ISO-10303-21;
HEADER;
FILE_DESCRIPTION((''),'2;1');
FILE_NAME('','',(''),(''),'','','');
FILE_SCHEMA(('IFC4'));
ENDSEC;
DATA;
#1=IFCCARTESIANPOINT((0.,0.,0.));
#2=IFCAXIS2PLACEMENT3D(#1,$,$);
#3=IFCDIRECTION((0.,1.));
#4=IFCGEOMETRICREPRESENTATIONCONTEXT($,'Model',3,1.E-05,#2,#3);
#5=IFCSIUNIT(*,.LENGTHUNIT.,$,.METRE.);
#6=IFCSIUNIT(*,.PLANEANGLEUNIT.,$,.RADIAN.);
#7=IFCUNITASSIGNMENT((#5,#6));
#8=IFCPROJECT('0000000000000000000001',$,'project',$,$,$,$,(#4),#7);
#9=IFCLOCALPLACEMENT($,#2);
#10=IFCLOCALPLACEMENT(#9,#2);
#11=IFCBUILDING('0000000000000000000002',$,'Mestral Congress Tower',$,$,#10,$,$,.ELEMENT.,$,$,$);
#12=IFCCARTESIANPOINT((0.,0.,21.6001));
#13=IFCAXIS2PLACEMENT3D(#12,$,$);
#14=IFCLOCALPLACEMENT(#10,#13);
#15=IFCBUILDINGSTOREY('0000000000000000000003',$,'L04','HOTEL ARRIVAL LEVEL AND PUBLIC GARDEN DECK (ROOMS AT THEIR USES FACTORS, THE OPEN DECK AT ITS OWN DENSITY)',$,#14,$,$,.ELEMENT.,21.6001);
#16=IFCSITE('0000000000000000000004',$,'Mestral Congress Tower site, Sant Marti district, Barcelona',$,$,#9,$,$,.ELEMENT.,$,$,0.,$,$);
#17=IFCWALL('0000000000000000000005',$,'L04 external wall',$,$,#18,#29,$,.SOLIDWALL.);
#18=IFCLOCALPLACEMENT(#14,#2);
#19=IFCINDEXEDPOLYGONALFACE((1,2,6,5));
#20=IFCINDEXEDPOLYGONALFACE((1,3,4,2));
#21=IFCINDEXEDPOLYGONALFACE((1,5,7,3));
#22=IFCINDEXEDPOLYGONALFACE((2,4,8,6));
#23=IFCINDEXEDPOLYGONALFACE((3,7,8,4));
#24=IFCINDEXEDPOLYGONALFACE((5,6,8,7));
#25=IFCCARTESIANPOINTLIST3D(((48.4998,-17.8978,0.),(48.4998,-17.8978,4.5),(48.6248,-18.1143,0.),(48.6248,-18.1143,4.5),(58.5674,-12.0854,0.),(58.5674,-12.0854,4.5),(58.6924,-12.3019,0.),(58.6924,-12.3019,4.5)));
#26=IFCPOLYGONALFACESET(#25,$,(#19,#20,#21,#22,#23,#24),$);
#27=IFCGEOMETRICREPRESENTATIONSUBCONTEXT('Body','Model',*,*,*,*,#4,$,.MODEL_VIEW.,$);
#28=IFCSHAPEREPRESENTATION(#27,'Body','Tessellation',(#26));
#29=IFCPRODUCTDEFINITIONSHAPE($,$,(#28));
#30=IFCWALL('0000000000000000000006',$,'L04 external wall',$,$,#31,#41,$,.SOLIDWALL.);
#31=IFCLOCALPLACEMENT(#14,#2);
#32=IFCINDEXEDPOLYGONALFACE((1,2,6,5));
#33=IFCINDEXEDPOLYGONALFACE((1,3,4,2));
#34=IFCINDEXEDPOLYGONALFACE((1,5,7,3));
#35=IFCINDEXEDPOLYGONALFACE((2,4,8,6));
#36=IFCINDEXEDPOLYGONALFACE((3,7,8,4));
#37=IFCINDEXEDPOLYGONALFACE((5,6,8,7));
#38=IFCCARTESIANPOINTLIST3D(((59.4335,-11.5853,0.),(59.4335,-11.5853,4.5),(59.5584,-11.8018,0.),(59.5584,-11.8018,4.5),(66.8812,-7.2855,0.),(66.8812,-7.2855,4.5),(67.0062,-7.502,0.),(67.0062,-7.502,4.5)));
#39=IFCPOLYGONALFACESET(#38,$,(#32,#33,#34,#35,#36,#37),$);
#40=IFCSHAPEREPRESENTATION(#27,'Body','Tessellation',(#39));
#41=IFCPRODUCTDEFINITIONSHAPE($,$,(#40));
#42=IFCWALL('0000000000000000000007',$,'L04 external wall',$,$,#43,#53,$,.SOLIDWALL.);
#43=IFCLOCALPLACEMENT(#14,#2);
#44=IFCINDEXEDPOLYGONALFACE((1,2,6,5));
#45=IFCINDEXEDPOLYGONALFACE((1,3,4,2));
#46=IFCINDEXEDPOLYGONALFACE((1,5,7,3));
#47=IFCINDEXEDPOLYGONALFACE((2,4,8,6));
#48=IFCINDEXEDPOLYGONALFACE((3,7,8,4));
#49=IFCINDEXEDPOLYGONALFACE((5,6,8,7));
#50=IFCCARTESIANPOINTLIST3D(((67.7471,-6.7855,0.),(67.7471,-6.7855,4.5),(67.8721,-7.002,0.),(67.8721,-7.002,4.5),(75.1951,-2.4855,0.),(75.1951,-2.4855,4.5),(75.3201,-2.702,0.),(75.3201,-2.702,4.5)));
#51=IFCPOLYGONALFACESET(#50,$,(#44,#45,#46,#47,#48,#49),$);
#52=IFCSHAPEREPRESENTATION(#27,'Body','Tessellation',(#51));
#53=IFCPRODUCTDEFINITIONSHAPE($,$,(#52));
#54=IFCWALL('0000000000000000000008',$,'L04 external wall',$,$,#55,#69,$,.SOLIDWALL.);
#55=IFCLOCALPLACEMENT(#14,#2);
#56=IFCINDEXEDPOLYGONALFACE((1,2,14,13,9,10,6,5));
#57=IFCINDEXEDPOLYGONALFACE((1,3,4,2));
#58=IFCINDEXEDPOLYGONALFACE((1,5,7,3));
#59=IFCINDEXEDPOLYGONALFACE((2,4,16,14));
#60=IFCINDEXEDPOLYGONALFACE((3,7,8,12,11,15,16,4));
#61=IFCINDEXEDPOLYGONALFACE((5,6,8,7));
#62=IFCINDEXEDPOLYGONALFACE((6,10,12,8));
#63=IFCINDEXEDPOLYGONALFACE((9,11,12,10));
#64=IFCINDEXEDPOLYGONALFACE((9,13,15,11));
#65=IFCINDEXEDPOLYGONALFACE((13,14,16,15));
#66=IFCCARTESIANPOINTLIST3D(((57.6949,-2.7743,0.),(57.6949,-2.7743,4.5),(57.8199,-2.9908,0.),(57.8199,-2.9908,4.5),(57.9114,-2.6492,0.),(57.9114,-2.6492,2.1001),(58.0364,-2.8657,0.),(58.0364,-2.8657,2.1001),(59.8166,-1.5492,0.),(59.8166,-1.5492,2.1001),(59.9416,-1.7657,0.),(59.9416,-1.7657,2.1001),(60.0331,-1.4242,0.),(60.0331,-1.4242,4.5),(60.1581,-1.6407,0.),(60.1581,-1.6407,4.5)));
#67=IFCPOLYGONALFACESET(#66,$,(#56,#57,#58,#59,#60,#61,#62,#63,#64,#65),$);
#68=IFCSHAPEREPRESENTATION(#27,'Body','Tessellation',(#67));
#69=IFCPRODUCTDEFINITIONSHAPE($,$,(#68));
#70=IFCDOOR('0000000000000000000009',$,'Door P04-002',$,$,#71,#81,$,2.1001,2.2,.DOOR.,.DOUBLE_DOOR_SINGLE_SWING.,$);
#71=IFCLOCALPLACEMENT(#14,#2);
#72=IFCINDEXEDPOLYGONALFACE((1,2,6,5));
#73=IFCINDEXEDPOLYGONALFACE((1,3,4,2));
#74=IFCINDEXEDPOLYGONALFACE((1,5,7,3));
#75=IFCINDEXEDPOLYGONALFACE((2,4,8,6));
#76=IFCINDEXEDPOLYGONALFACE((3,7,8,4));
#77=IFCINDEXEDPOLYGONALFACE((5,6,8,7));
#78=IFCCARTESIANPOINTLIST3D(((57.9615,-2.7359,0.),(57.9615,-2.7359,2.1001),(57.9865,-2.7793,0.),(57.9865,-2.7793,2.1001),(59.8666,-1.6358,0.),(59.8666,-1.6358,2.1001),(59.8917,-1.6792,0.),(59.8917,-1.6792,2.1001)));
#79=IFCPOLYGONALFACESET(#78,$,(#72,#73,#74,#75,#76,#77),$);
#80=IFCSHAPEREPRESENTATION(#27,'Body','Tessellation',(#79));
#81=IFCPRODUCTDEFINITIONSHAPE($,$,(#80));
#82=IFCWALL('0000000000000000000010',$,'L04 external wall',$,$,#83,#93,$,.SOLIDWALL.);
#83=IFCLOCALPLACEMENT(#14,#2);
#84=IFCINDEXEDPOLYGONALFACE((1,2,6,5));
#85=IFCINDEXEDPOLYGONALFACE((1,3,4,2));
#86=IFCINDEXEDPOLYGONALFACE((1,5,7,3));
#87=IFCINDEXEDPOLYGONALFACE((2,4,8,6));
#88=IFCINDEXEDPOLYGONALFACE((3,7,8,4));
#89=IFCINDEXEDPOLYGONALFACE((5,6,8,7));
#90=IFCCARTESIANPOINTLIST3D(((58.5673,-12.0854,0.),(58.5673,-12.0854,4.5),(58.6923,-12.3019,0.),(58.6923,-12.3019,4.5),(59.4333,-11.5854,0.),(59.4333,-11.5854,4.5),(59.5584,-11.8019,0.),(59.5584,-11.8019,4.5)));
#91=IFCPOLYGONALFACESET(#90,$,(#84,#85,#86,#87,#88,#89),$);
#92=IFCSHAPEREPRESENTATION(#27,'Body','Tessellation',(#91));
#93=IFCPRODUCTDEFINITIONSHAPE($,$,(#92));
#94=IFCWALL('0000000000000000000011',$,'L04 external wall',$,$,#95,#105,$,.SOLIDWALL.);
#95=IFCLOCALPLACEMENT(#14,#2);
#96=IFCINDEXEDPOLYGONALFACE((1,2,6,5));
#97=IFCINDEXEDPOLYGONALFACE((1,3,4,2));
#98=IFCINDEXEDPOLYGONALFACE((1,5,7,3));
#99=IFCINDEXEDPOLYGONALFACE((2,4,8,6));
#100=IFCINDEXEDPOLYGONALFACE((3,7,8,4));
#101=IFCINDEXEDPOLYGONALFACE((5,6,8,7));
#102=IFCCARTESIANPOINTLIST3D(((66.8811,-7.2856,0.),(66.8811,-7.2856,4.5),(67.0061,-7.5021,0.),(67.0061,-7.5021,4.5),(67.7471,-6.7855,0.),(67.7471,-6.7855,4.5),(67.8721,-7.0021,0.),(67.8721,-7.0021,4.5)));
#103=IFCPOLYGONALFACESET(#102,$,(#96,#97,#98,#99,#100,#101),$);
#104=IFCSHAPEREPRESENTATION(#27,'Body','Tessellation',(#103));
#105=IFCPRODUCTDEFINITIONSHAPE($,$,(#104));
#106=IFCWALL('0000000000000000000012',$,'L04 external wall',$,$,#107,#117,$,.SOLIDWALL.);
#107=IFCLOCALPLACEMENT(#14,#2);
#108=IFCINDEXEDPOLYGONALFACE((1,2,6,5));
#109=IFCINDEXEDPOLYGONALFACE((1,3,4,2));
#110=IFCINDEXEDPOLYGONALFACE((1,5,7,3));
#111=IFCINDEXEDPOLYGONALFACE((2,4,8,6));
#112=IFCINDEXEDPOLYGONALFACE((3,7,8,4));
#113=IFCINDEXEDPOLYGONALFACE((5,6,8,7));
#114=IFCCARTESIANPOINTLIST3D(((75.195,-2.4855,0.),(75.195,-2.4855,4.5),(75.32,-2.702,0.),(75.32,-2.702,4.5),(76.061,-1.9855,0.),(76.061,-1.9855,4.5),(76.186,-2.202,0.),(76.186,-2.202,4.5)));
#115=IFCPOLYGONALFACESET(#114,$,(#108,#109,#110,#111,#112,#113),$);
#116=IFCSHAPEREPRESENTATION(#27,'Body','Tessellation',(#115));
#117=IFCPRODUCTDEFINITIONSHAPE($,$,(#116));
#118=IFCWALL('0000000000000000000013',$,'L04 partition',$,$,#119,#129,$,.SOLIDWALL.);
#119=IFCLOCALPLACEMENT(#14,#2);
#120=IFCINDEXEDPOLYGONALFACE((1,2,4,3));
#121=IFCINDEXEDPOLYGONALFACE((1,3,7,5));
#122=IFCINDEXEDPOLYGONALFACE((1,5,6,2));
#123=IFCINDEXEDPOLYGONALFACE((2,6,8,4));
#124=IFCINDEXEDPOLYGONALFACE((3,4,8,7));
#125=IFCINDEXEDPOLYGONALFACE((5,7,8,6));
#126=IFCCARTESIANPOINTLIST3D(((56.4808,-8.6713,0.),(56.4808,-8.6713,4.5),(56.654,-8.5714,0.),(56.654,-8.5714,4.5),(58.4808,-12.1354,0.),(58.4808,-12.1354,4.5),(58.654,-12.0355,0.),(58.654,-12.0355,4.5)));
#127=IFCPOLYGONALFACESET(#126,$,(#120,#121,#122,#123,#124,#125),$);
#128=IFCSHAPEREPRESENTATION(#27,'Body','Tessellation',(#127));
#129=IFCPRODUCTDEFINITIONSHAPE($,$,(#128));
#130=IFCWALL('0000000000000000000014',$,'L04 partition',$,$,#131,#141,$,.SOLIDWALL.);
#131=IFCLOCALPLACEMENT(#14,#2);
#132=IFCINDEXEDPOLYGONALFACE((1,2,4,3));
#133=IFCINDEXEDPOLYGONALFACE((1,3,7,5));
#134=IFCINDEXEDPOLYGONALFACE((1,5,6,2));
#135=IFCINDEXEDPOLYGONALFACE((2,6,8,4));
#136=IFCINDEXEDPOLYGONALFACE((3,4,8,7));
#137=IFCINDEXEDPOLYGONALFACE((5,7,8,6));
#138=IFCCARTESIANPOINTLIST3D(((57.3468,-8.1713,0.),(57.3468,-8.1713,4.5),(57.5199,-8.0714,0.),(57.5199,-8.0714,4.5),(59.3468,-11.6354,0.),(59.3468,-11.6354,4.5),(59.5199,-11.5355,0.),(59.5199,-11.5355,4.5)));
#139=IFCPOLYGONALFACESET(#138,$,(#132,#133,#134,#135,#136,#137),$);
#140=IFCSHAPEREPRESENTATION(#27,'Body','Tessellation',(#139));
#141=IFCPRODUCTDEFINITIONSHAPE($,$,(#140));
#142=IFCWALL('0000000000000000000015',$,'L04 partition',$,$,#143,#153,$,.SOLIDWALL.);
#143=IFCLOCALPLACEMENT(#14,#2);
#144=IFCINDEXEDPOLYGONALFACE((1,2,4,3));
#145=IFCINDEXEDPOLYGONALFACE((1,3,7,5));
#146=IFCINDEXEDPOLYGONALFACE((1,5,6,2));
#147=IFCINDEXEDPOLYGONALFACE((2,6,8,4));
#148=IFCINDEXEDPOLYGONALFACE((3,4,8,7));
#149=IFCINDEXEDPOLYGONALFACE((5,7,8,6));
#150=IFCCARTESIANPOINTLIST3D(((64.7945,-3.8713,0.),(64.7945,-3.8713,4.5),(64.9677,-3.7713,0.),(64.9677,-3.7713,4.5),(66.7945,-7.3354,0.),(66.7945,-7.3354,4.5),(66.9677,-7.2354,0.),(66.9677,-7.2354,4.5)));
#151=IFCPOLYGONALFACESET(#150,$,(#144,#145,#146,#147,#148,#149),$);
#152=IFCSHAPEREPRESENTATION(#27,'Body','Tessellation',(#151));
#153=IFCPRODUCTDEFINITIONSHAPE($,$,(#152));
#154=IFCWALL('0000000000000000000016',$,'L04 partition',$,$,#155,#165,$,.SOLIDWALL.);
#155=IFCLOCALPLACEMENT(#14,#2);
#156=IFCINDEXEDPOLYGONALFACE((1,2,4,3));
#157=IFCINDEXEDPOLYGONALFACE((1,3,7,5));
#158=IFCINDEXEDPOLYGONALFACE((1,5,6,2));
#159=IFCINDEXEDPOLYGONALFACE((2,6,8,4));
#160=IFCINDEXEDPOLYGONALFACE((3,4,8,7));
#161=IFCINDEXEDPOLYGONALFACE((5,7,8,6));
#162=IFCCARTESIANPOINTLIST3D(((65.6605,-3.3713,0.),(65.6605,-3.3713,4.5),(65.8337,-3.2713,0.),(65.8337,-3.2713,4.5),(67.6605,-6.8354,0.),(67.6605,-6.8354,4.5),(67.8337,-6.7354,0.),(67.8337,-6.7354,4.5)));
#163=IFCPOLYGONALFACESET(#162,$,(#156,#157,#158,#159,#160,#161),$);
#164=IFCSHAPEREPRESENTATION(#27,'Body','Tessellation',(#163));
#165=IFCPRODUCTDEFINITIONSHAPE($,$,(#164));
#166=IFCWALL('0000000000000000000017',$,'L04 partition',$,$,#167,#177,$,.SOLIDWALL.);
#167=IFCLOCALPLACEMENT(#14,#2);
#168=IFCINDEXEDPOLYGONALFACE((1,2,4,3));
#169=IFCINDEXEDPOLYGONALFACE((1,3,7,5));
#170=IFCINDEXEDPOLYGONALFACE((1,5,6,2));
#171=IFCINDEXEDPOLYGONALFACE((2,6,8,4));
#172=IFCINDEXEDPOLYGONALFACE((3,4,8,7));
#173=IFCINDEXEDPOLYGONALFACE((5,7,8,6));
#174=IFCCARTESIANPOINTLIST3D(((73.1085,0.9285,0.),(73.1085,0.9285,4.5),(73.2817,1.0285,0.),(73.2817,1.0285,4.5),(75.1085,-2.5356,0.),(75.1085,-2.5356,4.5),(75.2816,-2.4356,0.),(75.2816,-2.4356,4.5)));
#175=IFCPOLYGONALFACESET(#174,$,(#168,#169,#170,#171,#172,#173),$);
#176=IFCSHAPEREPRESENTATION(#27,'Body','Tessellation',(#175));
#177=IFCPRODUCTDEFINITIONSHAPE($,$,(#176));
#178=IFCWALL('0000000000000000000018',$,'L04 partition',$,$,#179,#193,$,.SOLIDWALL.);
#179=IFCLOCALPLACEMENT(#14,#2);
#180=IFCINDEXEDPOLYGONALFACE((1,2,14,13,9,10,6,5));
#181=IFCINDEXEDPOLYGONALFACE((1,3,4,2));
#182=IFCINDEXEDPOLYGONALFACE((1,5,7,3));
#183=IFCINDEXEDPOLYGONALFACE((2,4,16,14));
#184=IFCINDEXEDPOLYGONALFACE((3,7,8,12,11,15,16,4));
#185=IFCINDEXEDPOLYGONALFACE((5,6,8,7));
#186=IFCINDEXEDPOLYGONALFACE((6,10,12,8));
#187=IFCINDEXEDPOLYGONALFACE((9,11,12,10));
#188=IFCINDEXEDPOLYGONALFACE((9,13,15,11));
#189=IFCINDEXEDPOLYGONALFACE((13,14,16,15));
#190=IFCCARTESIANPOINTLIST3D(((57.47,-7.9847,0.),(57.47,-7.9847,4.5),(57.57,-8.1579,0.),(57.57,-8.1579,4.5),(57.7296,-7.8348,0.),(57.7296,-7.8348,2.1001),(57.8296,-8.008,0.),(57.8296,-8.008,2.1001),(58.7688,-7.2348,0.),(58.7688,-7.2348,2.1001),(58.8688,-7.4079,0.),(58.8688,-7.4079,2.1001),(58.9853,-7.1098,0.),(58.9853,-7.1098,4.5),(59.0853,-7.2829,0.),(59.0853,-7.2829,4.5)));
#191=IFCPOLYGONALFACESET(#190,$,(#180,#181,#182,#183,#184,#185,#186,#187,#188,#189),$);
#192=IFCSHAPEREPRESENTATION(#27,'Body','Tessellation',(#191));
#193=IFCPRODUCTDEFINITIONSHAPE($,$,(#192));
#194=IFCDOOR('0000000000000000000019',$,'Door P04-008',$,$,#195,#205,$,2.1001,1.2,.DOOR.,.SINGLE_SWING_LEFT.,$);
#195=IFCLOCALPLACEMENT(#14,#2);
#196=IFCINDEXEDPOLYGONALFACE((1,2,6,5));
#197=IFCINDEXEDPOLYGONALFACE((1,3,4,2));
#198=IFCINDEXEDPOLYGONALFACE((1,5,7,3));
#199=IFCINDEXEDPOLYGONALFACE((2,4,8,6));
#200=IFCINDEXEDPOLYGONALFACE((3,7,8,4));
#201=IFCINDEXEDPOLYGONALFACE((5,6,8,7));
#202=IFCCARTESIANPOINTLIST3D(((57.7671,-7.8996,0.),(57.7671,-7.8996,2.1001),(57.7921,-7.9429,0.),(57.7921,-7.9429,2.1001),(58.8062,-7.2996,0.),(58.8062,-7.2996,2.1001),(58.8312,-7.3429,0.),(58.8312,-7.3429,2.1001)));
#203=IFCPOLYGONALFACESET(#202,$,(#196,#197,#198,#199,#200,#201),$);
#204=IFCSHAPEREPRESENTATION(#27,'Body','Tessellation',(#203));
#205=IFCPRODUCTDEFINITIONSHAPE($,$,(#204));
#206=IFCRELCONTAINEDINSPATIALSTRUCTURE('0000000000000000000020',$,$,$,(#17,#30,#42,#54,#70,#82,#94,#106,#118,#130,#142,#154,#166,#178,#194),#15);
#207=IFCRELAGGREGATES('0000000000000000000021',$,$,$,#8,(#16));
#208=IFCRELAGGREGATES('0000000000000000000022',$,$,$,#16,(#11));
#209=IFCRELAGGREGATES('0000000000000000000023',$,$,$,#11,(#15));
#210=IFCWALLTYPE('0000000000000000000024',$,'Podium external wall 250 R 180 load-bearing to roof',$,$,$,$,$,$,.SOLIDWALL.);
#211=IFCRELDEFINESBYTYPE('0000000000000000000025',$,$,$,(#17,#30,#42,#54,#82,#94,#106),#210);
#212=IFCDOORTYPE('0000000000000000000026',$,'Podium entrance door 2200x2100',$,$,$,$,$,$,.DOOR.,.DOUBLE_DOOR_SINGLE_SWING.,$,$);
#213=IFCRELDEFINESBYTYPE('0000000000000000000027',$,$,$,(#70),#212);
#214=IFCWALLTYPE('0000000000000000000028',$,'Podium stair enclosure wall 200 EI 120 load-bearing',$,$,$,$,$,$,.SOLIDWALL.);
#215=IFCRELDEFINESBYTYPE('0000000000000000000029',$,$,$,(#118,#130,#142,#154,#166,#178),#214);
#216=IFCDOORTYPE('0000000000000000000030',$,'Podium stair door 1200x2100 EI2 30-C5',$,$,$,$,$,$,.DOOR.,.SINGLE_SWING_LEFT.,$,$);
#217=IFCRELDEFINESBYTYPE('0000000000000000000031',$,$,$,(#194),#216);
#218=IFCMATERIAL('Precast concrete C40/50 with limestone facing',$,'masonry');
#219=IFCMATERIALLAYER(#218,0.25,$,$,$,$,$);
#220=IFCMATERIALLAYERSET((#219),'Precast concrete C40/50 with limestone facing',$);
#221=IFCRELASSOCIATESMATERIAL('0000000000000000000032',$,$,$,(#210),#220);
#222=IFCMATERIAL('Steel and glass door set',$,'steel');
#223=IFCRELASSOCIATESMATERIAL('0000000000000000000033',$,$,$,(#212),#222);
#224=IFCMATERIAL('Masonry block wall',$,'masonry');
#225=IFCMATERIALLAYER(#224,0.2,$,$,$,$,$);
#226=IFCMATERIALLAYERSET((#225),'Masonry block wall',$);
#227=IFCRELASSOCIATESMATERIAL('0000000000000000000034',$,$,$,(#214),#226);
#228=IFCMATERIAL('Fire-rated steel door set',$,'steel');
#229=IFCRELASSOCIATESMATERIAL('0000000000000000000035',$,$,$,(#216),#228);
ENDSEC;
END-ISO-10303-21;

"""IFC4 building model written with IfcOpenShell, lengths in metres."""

from ifc_helpers import new_model, si_unit, direction, frame, frame_2d, origin, place, context, subcontext, project, spatial, rectangle, extrude, material, layer, layer_set, type_object, element, fill, save


model = new_model("IFC4")

# Units and contexts
model_context = context("Model", 3, precision=1e-05, world=origin(), true_north=direction((0.0, 1.0)))
body_context = subcontext(model_context, "Body", "Model", "MODEL_VIEW")
ifc_project = project(units=[si_unit("LENGTHUNIT", "METRE"), si_unit("PLANEANGLEUNIT", "RADIAN")], contexts=[model_context])

# Site, building, storey
site_placement = place(None, origin())
site = spatial("IfcSite", under=ifc_project, at=site_placement, Name="Mestral Congress Tower site, Sant Marti district, Barcelona", CompositionType="ELEMENT", RefElevation=0.0)
building_placement = place(site_placement, origin())
building = spatial("IfcBuilding", under=site, at=building_placement, Name="Mestral Congress Tower", CompositionType="ELEMENT")
storey_placement = place(building_placement, frame((0.0, 0.0, 21.6001)))
storey = spatial("IfcBuildingStorey", under=building, at=storey_placement, Name="L04", Description="HOTEL ARRIVAL LEVEL AND PUBLIC GARDEN DECK (ROOMS AT THEIR USES FACTORS, THE OPEN DECK AT ITS OWN DENSITY)", CompositionType="ELEMENT", Elevation=21.6001)

# Walls
ifc_material_1 = material(Name="Precast concrete C40/50 with limestone facing", Category="masonry")
ifc_layer_1 = layer(ifc_material_1, 0.25)
ifc_layer_set_1 = layer_set([ifc_layer_1], Name="Precast concrete C40/50 with limestone facing")
wall_type_1 = type_object("IfcWallType", Name="Podium external wall 250 R 180 load-bearing to roof", PredefinedType="SOLIDWALL", material=ifc_layer_set_1)
wall_1_placement = place(storey_placement, frame((58.6299, -12.1936, 0.0), z_axis=(0.0, 0.0, 1.0), x_axis=(-0.866027, -0.499997, 0.0)))
element("IfcWall", 1, at=wall_1_placement, inside=storey, type_object=wall_type_1, Name="L04 external wall", PredefinedType="SOLIDWALL", context=body_context, shape_type="SweptSolid", body=[
    extrude(rectangle(XDim=11.625, YDim=0.25, at=frame_2d((5.8125, 0.0))), origin(), (0.0, 0.0, 1.0), 4.5),
])
wall_2_placement = place(storey_placement, frame((66.9436, -7.3938, 0.0), z_axis=(0.0, 0.0, 1.0), x_axis=(-0.866033, -0.499986, 0.0)))
element("IfcWall", 2, at=wall_2_placement, inside=storey, type_object=wall_type_1, Name="L04 external wall", PredefinedType="SOLIDWALL", context=body_context, shape_type="SweptSolid", body=[
    extrude(rectangle(XDim=8.5999, YDim=0.25, at=frame_2d((4.2998, 0.0))), origin(), (0.0, 0.0, 1.0), 4.5),
])
wall_3_placement = place(storey_placement, frame((75.2576, -2.5938, 0.0), z_axis=(0.0, 0.0, 1.0), x_axis=(-0.866028, -0.499995, 0.0)))
element("IfcWall", 3, at=wall_3_placement, inside=storey, type_object=wall_type_1, Name="L04 external wall", PredefinedType="SOLIDWALL", context=body_context, shape_type="SweptSolid", body=[
    extrude(rectangle(XDim=8.6001, YDim=0.25, at=frame_2d((4.3, 0.0))), origin(), (0.0, 0.0, 1.0), 4.5),
])

# Wall, opening, door
wall_4_placement = place(storey_placement, frame((57.7573, -2.8826, 0.0), z_axis=(0.0, 0.0, 1.0), x_axis=(0.865997, 0.500049, 0.0)))
wall_4 = element("IfcWall", 4, at=wall_4_placement, inside=storey, type_object=wall_type_1, Name="L04 external wall", PredefinedType="SOLIDWALL", context=body_context, shape_type="SweptSolid", body=[
    extrude(rectangle(XDim=2.7, YDim=0.25, at=frame_2d((1.3501, 0.0))), origin(), (0.0, 0.0, 1.0), 4.5),
])
opening_1_placement = place(wall_4_placement, frame((0.25, 0.0, 0.0)))
opening_1 = element("IfcOpeningElement", 5, at=opening_1_placement, cuts=wall_4, PredefinedType="OPENING", context=body_context, shape_type="SweptSolid", body=[
    extrude(rectangle(XDim=2.2, YDim=2.1001, at=frame_2d((1.1001, 1.05))), frame((0.0, 0.135, 0.0), z_axis=(0.0, -1.0, 0.0), x_axis=(1.0, 0.0, 0.0)), (0.0, 0.0, 1.0), 0.27),
])
ifc_material_2 = material(Name="Steel and glass door set", Category="steel")
door_type_1 = type_object("IfcDoorType", Name="Podium entrance door 2200x2100", OperationType="DOUBLE_DOOR_SINGLE_SWING", PredefinedType="DOOR", material=ifc_material_2)
door_1_placement = place(opening_1_placement, origin())
door_1 = element("IfcDoor", 6, at=door_1_placement, inside=storey, type_object=door_type_1, Name="Door P04-002", OperationType="DOUBLE_DOOR_SINGLE_SWING", OverallHeight=2.1001, OverallWidth=2.2, PredefinedType="DOOR", context=body_context, shape_type="SweptSolid", body=[
    extrude(rectangle(XDim=2.2, YDim=2.1001, at=frame_2d((1.1001, 1.05))), frame((0.0, 0.0249, 0.0), z_axis=(0.0, -1.0, 0.0), x_axis=(1.0, 0.0, 0.0)), (0.0, 0.0, 1.0), 0.05),
])
fill(opening_1, door_1)

# Walls
for number, where, z_axis, x_axis, name in (
    (7, (59.4958, -11.6936, 0.0), (0.0, 0.0, 1.0), (-0.866011, -0.500025, 0.0), "L04 external wall"),
    (8, (67.8096, -6.8938, 0.0), (0.0, 0.0, 1.0), (-0.866011, -0.500025, 0.0), "L04 external wall"),
    (9, (76.1235, -2.0938, 0.0), (0.0, 0.0, 1.0), (-0.866011, -0.500025, 0.0), "L04 external wall"),
):
    element("IfcWall", number, at=place(storey_placement, frame(where, z_axis=z_axis, x_axis=x_axis)), inside=storey, type_object=wall_type_1, Name=name, PredefinedType="SOLIDWALL", context=body_context, shape_type="SweptSolid", body=[
        extrude(rectangle(XDim=1.0, YDim=0.25, at=frame_2d((0.5, 0.0))), origin(), (0.0, 0.0, 1.0), 4.5),
    ])
ifc_material_3 = material(Name="Masonry block wall", Category="masonry")
ifc_layer_2 = layer(ifc_material_3, 0.2)
ifc_layer_set_2 = layer_set([ifc_layer_2], Name="Masonry block wall")
wall_type_2 = type_object("IfcWallType", Name="Podium stair enclosure wall 200 EI 120 load-bearing", PredefinedType="SOLIDWALL", material=ifc_layer_set_2)
for number, where, z_axis, x_axis, name in (
    (10, (58.5674, -12.0854, 0.0), (0.0, 0.0, 1.0), (-0.499999, 0.866026, 0.0), "L04 partition"),
    (11, (59.4333, -11.5854, 0.0), (0.0, 0.0, 1.0), (-0.499999, 0.866026, 0.0), "L04 partition"),
    (12, (66.8811, -7.2854, 0.0), (0.0, 0.0, 1.0), (-0.499999, 0.866026, 0.0), "L04 partition"),
    (13, (67.7471, -6.7854, 0.0), (0.0, 0.0, 1.0), (-0.499999, 0.866026, 0.0), "L04 partition"),
    (14, (75.1951, -2.4856, 0.0), (0.0, 0.0, 1.0), (-0.499999, 0.866026, 0.0), "L04 partition"),
):
    element("IfcWall", number, at=place(storey_placement, frame(where, z_axis=z_axis, x_axis=x_axis)), inside=storey, type_object=wall_type_2, Name=name, PredefinedType="SOLIDWALL", context=body_context, shape_type="SweptSolid", body=[
        extrude(rectangle(XDim=4.0, YDim=0.2, at=frame_2d((2.0, 0.0))), origin(), (0.0, 0.0, 1.0), 4.5),
    ])

# Wall, opening, door
wall_5_placement = place(storey_placement, frame((59.0354, -7.1963, 0.0), z_axis=(0.0, 0.0, 1.0), x_axis=(-0.866002, -0.50004, 0.0)))
wall_5 = element("IfcWall", 15, at=wall_5_placement, inside=storey, type_object=wall_type_2, Name="L04 partition", PredefinedType="SOLIDWALL", context=body_context, shape_type="SweptSolid", body=[
    extrude(rectangle(XDim=1.7498, YDim=0.2, at=frame_2d((0.875, 0.0))), origin(), (0.0, 0.0, 1.0), 4.5),
])
opening_2_placement = place(wall_5_placement, frame((0.25, 0.0, 0.0)))
opening_2 = element("IfcOpeningElement", 16, at=opening_2_placement, cuts=wall_5, PredefinedType="OPENING", context=body_context, shape_type="SweptSolid", body=[
    extrude(rectangle(XDim=1.2, YDim=2.1001, at=frame_2d((0.6001, 1.05))), frame((0.0, 0.1099, 0.0), z_axis=(0.0, -1.0, 0.0), x_axis=(1.0, 0.0, 0.0)), (0.0, 0.0, 1.0), 0.22),
])
ifc_material_4 = material(Name="Fire-rated steel door set", Category="steel")
door_type_2 = type_object("IfcDoorType", Name="Podium stair door 1200x2100 EI2 30-C5", OperationType="SINGLE_SWING_LEFT", PredefinedType="DOOR", material=ifc_material_4)
door_2_placement = place(opening_2_placement, origin())
door_2 = element("IfcDoor", 17, at=door_2_placement, inside=storey, type_object=door_type_2, Name="Door P04-008", OperationType="SINGLE_SWING_LEFT", OverallHeight=2.1001, OverallWidth=1.2, PredefinedType="DOOR", context=body_context, shape_type="SweptSolid", body=[
    extrude(rectangle(XDim=1.2, YDim=2.1001, at=frame_2d((0.6001, 1.05))), frame((0.0, 0.0249, 0.0), z_axis=(0.0, -1.0, 0.0), x_axis=(1.0, 0.0, 0.0)), (0.0, 0.0, 1.0), 0.05),
])
fill(opening_2, door_2)

save(model, "model.ifc")
